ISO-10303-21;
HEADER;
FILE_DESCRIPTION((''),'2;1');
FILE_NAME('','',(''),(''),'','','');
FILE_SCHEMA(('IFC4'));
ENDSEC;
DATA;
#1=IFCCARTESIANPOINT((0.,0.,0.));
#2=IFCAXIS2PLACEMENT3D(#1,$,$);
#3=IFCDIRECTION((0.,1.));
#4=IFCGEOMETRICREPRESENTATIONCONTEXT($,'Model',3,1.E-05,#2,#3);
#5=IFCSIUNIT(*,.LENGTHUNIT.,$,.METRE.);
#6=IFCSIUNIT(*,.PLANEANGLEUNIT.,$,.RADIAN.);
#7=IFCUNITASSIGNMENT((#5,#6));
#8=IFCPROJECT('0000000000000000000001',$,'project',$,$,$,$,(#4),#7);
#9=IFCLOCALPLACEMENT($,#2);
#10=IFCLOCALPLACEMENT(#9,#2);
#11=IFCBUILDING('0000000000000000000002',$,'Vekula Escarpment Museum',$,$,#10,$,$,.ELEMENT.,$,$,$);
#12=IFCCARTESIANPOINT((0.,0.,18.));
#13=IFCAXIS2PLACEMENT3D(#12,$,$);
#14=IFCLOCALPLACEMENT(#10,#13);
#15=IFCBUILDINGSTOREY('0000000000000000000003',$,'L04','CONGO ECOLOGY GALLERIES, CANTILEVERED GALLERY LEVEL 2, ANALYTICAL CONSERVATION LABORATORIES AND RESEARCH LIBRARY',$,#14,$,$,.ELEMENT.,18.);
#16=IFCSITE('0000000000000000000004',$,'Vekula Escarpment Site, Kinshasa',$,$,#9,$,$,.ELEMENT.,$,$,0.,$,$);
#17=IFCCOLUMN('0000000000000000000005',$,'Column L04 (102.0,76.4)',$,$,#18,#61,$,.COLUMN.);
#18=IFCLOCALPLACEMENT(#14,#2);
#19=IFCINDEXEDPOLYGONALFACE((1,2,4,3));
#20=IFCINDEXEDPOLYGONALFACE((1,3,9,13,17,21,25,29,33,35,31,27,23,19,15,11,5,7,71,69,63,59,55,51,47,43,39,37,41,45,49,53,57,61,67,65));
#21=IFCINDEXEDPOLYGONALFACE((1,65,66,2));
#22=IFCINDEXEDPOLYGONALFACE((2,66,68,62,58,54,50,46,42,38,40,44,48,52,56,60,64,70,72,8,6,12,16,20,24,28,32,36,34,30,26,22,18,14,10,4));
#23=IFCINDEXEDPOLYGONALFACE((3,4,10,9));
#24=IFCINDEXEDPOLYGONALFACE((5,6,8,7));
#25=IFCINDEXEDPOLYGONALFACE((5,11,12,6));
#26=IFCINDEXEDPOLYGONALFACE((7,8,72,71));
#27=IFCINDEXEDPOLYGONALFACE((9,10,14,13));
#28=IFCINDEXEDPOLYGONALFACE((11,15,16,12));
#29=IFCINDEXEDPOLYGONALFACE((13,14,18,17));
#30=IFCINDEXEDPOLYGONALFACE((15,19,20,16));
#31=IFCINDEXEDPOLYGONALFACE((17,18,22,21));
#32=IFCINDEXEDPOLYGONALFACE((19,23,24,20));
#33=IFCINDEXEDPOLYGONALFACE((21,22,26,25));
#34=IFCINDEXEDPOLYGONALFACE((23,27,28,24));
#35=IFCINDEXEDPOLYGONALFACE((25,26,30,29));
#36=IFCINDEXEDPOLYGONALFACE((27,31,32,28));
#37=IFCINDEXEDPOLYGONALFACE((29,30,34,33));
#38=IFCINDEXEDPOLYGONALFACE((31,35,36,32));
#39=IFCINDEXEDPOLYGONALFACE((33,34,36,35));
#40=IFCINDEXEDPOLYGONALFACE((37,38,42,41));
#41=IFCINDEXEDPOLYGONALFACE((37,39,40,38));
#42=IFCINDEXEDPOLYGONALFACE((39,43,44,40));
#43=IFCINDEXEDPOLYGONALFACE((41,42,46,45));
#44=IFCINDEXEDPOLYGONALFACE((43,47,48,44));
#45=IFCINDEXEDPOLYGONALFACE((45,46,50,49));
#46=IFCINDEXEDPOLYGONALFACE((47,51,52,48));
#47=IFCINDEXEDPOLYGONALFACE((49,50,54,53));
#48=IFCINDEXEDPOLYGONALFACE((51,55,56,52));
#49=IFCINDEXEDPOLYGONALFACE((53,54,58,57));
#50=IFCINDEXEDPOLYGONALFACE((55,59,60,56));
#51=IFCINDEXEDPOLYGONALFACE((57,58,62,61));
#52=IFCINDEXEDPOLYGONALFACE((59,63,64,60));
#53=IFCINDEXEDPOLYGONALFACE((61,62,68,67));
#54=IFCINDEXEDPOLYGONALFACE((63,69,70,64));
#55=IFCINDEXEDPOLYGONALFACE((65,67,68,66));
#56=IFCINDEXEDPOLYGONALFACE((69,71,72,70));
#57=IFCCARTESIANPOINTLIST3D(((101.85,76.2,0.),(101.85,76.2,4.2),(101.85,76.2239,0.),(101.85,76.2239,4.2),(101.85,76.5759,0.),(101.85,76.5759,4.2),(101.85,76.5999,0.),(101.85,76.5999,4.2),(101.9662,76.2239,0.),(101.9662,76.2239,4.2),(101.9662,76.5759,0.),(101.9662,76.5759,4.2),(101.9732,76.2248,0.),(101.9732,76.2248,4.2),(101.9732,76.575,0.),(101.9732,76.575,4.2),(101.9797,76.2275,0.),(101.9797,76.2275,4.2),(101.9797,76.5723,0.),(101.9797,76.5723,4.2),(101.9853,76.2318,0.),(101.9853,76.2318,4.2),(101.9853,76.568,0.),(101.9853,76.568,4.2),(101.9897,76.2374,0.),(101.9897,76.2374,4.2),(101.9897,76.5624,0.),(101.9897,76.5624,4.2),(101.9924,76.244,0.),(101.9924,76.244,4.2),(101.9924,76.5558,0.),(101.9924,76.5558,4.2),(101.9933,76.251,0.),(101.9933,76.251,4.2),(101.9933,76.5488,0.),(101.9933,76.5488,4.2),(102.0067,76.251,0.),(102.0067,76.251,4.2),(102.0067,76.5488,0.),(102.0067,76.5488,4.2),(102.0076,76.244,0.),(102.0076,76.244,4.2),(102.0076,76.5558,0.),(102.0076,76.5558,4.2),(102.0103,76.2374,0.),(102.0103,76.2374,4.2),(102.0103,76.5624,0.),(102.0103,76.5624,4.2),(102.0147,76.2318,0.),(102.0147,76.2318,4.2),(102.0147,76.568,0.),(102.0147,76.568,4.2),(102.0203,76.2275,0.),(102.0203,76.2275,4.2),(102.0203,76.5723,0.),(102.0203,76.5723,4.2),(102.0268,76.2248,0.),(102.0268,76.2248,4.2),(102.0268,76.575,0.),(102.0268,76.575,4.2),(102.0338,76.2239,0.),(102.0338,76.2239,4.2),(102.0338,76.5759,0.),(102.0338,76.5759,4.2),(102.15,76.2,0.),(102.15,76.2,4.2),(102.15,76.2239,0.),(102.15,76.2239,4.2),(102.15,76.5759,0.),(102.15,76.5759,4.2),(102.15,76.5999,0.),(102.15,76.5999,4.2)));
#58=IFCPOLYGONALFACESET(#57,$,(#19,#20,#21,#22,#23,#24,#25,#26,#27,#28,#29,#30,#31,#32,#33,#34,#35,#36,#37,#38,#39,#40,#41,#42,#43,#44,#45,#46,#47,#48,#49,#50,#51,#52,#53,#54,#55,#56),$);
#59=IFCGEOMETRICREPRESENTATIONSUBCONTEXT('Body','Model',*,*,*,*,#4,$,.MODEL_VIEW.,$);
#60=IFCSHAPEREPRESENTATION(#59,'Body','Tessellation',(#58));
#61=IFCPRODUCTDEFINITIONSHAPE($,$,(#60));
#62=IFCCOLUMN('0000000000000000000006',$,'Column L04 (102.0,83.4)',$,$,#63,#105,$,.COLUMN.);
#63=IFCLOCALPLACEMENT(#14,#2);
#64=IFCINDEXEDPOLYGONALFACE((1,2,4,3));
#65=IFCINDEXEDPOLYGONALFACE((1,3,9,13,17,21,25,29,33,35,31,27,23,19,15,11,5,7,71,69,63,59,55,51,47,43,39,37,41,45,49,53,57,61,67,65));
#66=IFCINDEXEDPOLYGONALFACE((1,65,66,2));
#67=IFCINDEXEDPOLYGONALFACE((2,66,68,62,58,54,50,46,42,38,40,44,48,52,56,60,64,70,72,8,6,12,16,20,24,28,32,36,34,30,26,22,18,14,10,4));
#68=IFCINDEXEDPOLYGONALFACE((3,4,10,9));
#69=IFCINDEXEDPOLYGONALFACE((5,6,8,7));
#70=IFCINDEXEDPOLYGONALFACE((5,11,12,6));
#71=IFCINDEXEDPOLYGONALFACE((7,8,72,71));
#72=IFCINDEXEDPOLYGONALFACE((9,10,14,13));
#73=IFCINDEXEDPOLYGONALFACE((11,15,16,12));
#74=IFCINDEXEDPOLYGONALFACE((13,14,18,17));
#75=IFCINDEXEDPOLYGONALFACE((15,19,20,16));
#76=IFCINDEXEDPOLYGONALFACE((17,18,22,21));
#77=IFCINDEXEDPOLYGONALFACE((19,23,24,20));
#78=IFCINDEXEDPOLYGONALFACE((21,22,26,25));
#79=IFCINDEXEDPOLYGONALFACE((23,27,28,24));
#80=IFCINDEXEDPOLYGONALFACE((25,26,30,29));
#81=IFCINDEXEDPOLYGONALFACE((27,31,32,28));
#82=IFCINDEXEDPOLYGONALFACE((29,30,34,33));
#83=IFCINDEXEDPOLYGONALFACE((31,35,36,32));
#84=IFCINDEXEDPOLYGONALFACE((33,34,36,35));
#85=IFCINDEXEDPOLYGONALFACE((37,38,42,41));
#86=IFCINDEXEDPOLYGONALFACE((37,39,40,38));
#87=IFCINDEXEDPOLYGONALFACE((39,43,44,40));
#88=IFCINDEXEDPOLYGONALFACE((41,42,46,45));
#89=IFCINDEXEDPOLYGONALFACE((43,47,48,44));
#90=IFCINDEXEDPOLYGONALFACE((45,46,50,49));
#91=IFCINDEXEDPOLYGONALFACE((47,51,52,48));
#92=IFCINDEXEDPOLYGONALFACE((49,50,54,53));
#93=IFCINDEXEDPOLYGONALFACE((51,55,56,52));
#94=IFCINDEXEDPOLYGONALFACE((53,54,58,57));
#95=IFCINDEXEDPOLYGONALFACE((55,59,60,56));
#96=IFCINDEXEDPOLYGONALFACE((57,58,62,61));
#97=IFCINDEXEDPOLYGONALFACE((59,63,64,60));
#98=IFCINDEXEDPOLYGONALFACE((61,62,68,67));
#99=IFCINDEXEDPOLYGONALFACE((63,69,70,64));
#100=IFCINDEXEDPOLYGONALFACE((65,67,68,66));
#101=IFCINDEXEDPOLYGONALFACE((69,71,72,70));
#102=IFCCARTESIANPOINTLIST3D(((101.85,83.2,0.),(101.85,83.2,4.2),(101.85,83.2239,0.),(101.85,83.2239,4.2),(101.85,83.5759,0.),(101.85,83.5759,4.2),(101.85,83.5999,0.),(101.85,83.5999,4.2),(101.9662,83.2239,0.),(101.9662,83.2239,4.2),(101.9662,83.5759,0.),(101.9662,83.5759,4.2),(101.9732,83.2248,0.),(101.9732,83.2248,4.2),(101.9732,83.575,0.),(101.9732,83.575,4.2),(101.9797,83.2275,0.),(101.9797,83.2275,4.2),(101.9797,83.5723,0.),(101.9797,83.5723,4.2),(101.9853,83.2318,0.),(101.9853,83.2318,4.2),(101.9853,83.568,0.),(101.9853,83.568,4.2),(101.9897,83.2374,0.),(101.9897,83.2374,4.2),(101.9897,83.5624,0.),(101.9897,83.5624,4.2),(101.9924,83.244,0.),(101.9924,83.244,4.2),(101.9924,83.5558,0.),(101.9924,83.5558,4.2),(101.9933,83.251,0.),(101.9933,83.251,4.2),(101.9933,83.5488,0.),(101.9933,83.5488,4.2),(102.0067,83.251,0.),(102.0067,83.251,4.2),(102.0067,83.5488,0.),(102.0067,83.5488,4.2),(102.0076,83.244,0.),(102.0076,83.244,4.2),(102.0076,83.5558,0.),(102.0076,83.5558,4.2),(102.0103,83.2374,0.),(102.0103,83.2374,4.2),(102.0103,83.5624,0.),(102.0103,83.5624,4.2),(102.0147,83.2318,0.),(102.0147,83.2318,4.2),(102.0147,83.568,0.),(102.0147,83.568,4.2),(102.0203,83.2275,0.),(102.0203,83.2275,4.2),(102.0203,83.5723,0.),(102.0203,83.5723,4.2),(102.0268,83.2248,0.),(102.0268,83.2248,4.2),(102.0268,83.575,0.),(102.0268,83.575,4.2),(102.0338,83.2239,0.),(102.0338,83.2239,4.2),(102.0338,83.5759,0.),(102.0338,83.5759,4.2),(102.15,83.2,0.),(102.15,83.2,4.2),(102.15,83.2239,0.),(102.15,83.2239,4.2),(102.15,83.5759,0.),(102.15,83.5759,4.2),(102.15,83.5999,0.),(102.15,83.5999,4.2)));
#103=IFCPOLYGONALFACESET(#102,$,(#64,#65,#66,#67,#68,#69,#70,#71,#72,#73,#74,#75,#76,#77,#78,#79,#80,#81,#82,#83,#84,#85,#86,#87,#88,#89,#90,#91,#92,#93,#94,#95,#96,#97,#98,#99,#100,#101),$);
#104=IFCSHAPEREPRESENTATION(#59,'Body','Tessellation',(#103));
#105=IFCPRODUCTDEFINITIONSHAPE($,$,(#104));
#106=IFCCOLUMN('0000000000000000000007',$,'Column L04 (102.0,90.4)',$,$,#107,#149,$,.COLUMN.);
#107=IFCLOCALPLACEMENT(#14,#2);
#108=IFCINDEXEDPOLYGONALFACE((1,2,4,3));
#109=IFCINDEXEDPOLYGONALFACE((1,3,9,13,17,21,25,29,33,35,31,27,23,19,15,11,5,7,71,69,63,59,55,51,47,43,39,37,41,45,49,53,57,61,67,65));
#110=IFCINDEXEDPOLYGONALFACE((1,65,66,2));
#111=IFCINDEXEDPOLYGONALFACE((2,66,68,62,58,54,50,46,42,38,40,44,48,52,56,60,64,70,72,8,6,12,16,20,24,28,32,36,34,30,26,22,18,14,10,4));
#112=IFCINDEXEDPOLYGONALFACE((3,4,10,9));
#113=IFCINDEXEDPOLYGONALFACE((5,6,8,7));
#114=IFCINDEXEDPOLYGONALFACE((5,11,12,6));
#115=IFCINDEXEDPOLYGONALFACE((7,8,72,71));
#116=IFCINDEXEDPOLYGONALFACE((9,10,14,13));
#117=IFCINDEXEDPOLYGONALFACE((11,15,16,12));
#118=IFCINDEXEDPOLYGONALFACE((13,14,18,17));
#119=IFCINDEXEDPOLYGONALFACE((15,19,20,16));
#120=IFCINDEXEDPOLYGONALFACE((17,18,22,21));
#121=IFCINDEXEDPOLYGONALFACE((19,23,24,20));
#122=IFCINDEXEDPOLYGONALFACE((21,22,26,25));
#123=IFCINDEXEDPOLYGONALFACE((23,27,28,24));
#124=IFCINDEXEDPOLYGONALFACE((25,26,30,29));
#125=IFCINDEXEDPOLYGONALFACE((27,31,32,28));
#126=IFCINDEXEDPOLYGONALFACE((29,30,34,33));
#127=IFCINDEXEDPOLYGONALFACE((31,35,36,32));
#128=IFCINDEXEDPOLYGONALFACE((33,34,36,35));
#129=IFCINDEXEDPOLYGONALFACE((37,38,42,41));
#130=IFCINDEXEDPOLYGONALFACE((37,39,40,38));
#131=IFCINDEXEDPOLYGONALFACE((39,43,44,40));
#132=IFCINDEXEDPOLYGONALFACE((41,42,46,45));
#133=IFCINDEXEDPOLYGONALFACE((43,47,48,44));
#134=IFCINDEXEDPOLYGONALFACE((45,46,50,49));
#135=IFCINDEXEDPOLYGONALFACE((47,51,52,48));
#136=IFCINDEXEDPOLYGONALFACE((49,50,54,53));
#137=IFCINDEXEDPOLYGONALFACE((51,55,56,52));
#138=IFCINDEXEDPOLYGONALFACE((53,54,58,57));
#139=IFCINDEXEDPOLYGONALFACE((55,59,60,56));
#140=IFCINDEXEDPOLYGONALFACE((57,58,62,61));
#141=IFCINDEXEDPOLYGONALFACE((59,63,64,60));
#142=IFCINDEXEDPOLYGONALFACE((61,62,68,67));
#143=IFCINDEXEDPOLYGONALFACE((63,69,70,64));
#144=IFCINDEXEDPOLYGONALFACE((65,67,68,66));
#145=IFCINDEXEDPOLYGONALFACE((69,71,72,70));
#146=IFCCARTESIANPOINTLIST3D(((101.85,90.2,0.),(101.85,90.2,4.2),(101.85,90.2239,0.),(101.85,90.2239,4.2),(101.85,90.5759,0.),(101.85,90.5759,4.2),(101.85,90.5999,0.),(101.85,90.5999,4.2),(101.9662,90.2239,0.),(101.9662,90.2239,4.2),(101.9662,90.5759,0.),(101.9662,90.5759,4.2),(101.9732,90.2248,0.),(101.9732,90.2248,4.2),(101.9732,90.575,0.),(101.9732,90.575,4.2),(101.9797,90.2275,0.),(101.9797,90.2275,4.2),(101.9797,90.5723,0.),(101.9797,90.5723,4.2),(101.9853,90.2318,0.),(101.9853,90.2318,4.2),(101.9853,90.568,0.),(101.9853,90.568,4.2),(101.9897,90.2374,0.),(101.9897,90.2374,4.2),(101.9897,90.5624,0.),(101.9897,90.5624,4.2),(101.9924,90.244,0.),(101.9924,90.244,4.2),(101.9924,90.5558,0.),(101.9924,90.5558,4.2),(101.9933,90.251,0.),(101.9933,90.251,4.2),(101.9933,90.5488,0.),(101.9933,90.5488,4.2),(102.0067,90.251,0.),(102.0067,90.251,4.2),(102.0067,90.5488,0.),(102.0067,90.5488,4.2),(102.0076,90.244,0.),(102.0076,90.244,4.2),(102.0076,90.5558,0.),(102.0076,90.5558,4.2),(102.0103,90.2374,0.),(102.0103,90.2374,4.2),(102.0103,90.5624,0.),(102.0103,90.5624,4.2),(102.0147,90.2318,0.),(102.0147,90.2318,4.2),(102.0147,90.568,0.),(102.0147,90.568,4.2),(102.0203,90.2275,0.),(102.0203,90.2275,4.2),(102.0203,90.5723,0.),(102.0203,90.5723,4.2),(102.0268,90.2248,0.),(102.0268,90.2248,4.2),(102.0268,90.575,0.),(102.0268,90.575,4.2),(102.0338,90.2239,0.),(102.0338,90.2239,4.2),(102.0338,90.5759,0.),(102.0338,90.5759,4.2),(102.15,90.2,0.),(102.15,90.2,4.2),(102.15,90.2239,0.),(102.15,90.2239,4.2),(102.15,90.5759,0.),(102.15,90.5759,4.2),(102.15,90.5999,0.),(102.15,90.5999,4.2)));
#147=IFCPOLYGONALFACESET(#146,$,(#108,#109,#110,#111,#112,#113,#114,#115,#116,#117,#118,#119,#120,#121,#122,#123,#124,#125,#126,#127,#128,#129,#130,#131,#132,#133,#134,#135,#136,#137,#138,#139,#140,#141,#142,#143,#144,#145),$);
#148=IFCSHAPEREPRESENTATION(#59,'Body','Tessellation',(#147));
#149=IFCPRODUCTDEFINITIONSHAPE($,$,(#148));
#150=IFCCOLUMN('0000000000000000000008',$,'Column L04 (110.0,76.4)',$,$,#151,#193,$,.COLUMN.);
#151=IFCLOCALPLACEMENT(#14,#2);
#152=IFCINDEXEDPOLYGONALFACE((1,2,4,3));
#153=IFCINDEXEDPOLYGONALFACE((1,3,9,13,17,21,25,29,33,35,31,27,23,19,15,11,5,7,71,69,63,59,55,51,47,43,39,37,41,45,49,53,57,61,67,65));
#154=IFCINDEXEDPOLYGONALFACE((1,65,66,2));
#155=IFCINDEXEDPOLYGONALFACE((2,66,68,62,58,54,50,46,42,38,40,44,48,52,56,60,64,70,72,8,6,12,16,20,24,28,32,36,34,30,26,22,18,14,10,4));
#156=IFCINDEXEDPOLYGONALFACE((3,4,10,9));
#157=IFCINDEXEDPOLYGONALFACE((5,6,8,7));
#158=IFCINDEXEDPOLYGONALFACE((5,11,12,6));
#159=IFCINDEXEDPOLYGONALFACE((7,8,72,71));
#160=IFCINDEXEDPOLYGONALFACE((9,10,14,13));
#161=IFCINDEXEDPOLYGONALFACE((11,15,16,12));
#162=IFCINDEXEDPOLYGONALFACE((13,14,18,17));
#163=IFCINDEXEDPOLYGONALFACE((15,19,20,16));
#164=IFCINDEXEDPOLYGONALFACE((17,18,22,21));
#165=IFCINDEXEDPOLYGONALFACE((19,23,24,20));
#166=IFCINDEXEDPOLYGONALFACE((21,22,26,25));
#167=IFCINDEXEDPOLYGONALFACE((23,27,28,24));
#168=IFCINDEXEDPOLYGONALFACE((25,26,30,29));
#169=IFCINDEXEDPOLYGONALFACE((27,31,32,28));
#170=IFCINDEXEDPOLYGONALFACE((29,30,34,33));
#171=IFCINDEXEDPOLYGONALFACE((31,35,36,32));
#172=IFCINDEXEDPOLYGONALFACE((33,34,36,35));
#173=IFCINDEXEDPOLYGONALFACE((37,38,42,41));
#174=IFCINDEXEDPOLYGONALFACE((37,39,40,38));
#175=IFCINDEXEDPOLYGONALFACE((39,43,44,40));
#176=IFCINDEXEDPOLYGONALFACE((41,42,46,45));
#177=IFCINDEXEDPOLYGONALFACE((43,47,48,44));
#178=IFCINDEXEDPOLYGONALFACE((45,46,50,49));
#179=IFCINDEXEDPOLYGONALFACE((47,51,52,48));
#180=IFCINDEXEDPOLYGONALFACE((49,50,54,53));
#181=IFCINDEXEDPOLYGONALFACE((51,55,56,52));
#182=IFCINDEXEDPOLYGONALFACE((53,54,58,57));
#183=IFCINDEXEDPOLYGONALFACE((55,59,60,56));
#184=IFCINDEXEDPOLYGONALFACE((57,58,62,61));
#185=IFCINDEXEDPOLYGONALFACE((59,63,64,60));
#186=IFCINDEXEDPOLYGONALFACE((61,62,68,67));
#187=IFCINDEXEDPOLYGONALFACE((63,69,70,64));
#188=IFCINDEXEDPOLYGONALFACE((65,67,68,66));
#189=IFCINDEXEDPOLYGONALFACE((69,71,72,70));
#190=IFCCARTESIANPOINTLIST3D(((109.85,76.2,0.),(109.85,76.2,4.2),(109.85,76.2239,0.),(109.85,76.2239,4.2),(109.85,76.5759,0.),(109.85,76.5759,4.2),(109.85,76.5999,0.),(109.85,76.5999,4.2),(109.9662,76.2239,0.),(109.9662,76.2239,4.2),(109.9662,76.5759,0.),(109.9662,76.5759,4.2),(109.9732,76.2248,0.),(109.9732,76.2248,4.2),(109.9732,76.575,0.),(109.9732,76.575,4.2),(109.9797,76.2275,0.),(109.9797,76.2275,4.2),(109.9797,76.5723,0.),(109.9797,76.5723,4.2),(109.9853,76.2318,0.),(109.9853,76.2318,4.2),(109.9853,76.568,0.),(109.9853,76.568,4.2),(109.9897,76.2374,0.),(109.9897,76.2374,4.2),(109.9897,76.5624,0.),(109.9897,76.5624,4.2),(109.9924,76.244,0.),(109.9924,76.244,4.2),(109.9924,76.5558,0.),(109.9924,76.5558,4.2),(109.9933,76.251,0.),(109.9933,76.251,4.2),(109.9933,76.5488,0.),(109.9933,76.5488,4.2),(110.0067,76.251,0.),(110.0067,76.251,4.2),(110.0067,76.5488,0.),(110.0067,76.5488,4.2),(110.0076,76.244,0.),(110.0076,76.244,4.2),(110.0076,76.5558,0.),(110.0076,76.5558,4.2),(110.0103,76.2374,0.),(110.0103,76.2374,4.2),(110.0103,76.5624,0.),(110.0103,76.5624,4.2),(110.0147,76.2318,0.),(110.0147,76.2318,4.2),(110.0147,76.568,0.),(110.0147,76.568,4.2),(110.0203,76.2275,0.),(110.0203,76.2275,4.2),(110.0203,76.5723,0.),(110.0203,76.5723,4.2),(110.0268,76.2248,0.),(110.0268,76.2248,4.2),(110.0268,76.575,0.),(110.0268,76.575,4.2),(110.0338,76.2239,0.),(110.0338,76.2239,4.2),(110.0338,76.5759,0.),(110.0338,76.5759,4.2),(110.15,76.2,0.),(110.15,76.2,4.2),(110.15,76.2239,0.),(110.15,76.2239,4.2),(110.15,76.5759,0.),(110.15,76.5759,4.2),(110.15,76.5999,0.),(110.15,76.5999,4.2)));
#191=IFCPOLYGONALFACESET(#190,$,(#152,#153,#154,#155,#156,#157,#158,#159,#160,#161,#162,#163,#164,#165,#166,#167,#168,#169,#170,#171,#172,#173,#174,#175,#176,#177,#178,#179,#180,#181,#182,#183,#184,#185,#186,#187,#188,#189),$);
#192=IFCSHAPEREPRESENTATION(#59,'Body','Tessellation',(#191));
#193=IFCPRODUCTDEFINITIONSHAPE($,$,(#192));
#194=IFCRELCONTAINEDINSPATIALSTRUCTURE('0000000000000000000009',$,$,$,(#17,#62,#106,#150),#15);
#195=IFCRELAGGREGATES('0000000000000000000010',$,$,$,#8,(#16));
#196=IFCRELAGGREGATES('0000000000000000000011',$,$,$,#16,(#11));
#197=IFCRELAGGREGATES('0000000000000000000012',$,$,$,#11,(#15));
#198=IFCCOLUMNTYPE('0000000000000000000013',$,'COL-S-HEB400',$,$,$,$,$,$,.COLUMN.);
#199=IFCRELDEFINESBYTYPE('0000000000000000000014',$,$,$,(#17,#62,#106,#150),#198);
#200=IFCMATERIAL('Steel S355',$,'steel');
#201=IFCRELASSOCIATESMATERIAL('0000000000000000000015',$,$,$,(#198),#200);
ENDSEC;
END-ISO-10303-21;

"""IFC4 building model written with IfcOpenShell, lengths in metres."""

from ifc_helpers import new_model, si_unit, direction, frame, origin, origin_2d, place, context, subcontext, project, spatial, i_section, extrude, material, material_profile, profile_set, type_object, element, save


model = new_model("IFC4")

# Units and contexts
model_context = context("Model", 3, precision=1e-05, world=origin(), true_north=direction((0.0, 1.0)))
body_context = subcontext(model_context, "Body", "Model", "MODEL_VIEW")
ifc_project = project(units=[si_unit("LENGTHUNIT", "METRE"), si_unit("PLANEANGLEUNIT", "RADIAN")], contexts=[model_context])

# Site, building, storey
site_placement = place(None, origin())
site = spatial("IfcSite", under=ifc_project, at=site_placement, Name="Vekula Escarpment Site, Kinshasa", CompositionType="ELEMENT", RefElevation=0.0)
building_placement = place(site_placement, origin())
building = spatial("IfcBuilding", under=site, at=building_placement, Name="Vekula Escarpment Museum", CompositionType="ELEMENT")
storey_placement = place(building_placement, frame((0.0, 0.0, 18.0)))
storey = spatial("IfcBuildingStorey", under=building, at=storey_placement, Name="L04", Description="CONGO ECOLOGY GALLERIES, CANTILEVERED GALLERY LEVEL 2, ANALYTICAL CONSERVATION LABORATORIES AND RESEARCH LIBRARY", CompositionType="ELEMENT", Elevation=18.0)

# Columns
ifc_material_1 = material(Name="Steel S355", Category="steel")
ifc_material_profile_1 = material_profile(ifc_material_1, i_section(OverallWidth=0.3, OverallDepth=0.3999, WebThickness=0.0134, FlangeThickness=0.0239, FilletRadius=0.0271, at=origin_2d()), Name="HEB 400")
ifc_profile_set_1 = profile_set([ifc_material_profile_1], Name="Steel S355")
column_type = type_object("IfcColumnType", Name="COL-S-HEB400", PredefinedType="COLUMN", material=ifc_profile_set_1)
for number, where, z_axis, x_axis, name in (
    (1, (102.0, 76.3999, 0.0), (0.0, 0.0, 1.0), (1.0, 0.0, 0.0), "Column L04 (102.0,76.4)"),
    (2, (102.0, 83.3999, 0.0), (0.0, 0.0, 1.0), (1.0, 0.0, 0.0), "Column L04 (102.0,83.4)"),
    (3, (102.0, 90.3999, 0.0), (0.0, 0.0, 1.0), (1.0, 0.0, 0.0), "Column L04 (102.0,90.4)"),
    (4, (110.0, 76.3999, 0.0), (0.0, 0.0, 1.0), (1.0, 0.0, 0.0), "Column L04 (110.0,76.4)"),
):
    element("IfcColumn", number, at=place(storey_placement, frame(where, z_axis=z_axis, x_axis=x_axis)), inside=storey, type_object=column_type, Name=name, PredefinedType="COLUMN", context=body_context, shape_type="SweptSolid", body=[
        extrude(i_section(OverallWidth=0.3, OverallDepth=0.3999, WebThickness=0.0134, FlangeThickness=0.0239, FilletRadius=0.0271, at=origin_2d()), origin(), (0.0, 0.0, 1.0), 4.2),
    ])

save(model, "model.ifc")
